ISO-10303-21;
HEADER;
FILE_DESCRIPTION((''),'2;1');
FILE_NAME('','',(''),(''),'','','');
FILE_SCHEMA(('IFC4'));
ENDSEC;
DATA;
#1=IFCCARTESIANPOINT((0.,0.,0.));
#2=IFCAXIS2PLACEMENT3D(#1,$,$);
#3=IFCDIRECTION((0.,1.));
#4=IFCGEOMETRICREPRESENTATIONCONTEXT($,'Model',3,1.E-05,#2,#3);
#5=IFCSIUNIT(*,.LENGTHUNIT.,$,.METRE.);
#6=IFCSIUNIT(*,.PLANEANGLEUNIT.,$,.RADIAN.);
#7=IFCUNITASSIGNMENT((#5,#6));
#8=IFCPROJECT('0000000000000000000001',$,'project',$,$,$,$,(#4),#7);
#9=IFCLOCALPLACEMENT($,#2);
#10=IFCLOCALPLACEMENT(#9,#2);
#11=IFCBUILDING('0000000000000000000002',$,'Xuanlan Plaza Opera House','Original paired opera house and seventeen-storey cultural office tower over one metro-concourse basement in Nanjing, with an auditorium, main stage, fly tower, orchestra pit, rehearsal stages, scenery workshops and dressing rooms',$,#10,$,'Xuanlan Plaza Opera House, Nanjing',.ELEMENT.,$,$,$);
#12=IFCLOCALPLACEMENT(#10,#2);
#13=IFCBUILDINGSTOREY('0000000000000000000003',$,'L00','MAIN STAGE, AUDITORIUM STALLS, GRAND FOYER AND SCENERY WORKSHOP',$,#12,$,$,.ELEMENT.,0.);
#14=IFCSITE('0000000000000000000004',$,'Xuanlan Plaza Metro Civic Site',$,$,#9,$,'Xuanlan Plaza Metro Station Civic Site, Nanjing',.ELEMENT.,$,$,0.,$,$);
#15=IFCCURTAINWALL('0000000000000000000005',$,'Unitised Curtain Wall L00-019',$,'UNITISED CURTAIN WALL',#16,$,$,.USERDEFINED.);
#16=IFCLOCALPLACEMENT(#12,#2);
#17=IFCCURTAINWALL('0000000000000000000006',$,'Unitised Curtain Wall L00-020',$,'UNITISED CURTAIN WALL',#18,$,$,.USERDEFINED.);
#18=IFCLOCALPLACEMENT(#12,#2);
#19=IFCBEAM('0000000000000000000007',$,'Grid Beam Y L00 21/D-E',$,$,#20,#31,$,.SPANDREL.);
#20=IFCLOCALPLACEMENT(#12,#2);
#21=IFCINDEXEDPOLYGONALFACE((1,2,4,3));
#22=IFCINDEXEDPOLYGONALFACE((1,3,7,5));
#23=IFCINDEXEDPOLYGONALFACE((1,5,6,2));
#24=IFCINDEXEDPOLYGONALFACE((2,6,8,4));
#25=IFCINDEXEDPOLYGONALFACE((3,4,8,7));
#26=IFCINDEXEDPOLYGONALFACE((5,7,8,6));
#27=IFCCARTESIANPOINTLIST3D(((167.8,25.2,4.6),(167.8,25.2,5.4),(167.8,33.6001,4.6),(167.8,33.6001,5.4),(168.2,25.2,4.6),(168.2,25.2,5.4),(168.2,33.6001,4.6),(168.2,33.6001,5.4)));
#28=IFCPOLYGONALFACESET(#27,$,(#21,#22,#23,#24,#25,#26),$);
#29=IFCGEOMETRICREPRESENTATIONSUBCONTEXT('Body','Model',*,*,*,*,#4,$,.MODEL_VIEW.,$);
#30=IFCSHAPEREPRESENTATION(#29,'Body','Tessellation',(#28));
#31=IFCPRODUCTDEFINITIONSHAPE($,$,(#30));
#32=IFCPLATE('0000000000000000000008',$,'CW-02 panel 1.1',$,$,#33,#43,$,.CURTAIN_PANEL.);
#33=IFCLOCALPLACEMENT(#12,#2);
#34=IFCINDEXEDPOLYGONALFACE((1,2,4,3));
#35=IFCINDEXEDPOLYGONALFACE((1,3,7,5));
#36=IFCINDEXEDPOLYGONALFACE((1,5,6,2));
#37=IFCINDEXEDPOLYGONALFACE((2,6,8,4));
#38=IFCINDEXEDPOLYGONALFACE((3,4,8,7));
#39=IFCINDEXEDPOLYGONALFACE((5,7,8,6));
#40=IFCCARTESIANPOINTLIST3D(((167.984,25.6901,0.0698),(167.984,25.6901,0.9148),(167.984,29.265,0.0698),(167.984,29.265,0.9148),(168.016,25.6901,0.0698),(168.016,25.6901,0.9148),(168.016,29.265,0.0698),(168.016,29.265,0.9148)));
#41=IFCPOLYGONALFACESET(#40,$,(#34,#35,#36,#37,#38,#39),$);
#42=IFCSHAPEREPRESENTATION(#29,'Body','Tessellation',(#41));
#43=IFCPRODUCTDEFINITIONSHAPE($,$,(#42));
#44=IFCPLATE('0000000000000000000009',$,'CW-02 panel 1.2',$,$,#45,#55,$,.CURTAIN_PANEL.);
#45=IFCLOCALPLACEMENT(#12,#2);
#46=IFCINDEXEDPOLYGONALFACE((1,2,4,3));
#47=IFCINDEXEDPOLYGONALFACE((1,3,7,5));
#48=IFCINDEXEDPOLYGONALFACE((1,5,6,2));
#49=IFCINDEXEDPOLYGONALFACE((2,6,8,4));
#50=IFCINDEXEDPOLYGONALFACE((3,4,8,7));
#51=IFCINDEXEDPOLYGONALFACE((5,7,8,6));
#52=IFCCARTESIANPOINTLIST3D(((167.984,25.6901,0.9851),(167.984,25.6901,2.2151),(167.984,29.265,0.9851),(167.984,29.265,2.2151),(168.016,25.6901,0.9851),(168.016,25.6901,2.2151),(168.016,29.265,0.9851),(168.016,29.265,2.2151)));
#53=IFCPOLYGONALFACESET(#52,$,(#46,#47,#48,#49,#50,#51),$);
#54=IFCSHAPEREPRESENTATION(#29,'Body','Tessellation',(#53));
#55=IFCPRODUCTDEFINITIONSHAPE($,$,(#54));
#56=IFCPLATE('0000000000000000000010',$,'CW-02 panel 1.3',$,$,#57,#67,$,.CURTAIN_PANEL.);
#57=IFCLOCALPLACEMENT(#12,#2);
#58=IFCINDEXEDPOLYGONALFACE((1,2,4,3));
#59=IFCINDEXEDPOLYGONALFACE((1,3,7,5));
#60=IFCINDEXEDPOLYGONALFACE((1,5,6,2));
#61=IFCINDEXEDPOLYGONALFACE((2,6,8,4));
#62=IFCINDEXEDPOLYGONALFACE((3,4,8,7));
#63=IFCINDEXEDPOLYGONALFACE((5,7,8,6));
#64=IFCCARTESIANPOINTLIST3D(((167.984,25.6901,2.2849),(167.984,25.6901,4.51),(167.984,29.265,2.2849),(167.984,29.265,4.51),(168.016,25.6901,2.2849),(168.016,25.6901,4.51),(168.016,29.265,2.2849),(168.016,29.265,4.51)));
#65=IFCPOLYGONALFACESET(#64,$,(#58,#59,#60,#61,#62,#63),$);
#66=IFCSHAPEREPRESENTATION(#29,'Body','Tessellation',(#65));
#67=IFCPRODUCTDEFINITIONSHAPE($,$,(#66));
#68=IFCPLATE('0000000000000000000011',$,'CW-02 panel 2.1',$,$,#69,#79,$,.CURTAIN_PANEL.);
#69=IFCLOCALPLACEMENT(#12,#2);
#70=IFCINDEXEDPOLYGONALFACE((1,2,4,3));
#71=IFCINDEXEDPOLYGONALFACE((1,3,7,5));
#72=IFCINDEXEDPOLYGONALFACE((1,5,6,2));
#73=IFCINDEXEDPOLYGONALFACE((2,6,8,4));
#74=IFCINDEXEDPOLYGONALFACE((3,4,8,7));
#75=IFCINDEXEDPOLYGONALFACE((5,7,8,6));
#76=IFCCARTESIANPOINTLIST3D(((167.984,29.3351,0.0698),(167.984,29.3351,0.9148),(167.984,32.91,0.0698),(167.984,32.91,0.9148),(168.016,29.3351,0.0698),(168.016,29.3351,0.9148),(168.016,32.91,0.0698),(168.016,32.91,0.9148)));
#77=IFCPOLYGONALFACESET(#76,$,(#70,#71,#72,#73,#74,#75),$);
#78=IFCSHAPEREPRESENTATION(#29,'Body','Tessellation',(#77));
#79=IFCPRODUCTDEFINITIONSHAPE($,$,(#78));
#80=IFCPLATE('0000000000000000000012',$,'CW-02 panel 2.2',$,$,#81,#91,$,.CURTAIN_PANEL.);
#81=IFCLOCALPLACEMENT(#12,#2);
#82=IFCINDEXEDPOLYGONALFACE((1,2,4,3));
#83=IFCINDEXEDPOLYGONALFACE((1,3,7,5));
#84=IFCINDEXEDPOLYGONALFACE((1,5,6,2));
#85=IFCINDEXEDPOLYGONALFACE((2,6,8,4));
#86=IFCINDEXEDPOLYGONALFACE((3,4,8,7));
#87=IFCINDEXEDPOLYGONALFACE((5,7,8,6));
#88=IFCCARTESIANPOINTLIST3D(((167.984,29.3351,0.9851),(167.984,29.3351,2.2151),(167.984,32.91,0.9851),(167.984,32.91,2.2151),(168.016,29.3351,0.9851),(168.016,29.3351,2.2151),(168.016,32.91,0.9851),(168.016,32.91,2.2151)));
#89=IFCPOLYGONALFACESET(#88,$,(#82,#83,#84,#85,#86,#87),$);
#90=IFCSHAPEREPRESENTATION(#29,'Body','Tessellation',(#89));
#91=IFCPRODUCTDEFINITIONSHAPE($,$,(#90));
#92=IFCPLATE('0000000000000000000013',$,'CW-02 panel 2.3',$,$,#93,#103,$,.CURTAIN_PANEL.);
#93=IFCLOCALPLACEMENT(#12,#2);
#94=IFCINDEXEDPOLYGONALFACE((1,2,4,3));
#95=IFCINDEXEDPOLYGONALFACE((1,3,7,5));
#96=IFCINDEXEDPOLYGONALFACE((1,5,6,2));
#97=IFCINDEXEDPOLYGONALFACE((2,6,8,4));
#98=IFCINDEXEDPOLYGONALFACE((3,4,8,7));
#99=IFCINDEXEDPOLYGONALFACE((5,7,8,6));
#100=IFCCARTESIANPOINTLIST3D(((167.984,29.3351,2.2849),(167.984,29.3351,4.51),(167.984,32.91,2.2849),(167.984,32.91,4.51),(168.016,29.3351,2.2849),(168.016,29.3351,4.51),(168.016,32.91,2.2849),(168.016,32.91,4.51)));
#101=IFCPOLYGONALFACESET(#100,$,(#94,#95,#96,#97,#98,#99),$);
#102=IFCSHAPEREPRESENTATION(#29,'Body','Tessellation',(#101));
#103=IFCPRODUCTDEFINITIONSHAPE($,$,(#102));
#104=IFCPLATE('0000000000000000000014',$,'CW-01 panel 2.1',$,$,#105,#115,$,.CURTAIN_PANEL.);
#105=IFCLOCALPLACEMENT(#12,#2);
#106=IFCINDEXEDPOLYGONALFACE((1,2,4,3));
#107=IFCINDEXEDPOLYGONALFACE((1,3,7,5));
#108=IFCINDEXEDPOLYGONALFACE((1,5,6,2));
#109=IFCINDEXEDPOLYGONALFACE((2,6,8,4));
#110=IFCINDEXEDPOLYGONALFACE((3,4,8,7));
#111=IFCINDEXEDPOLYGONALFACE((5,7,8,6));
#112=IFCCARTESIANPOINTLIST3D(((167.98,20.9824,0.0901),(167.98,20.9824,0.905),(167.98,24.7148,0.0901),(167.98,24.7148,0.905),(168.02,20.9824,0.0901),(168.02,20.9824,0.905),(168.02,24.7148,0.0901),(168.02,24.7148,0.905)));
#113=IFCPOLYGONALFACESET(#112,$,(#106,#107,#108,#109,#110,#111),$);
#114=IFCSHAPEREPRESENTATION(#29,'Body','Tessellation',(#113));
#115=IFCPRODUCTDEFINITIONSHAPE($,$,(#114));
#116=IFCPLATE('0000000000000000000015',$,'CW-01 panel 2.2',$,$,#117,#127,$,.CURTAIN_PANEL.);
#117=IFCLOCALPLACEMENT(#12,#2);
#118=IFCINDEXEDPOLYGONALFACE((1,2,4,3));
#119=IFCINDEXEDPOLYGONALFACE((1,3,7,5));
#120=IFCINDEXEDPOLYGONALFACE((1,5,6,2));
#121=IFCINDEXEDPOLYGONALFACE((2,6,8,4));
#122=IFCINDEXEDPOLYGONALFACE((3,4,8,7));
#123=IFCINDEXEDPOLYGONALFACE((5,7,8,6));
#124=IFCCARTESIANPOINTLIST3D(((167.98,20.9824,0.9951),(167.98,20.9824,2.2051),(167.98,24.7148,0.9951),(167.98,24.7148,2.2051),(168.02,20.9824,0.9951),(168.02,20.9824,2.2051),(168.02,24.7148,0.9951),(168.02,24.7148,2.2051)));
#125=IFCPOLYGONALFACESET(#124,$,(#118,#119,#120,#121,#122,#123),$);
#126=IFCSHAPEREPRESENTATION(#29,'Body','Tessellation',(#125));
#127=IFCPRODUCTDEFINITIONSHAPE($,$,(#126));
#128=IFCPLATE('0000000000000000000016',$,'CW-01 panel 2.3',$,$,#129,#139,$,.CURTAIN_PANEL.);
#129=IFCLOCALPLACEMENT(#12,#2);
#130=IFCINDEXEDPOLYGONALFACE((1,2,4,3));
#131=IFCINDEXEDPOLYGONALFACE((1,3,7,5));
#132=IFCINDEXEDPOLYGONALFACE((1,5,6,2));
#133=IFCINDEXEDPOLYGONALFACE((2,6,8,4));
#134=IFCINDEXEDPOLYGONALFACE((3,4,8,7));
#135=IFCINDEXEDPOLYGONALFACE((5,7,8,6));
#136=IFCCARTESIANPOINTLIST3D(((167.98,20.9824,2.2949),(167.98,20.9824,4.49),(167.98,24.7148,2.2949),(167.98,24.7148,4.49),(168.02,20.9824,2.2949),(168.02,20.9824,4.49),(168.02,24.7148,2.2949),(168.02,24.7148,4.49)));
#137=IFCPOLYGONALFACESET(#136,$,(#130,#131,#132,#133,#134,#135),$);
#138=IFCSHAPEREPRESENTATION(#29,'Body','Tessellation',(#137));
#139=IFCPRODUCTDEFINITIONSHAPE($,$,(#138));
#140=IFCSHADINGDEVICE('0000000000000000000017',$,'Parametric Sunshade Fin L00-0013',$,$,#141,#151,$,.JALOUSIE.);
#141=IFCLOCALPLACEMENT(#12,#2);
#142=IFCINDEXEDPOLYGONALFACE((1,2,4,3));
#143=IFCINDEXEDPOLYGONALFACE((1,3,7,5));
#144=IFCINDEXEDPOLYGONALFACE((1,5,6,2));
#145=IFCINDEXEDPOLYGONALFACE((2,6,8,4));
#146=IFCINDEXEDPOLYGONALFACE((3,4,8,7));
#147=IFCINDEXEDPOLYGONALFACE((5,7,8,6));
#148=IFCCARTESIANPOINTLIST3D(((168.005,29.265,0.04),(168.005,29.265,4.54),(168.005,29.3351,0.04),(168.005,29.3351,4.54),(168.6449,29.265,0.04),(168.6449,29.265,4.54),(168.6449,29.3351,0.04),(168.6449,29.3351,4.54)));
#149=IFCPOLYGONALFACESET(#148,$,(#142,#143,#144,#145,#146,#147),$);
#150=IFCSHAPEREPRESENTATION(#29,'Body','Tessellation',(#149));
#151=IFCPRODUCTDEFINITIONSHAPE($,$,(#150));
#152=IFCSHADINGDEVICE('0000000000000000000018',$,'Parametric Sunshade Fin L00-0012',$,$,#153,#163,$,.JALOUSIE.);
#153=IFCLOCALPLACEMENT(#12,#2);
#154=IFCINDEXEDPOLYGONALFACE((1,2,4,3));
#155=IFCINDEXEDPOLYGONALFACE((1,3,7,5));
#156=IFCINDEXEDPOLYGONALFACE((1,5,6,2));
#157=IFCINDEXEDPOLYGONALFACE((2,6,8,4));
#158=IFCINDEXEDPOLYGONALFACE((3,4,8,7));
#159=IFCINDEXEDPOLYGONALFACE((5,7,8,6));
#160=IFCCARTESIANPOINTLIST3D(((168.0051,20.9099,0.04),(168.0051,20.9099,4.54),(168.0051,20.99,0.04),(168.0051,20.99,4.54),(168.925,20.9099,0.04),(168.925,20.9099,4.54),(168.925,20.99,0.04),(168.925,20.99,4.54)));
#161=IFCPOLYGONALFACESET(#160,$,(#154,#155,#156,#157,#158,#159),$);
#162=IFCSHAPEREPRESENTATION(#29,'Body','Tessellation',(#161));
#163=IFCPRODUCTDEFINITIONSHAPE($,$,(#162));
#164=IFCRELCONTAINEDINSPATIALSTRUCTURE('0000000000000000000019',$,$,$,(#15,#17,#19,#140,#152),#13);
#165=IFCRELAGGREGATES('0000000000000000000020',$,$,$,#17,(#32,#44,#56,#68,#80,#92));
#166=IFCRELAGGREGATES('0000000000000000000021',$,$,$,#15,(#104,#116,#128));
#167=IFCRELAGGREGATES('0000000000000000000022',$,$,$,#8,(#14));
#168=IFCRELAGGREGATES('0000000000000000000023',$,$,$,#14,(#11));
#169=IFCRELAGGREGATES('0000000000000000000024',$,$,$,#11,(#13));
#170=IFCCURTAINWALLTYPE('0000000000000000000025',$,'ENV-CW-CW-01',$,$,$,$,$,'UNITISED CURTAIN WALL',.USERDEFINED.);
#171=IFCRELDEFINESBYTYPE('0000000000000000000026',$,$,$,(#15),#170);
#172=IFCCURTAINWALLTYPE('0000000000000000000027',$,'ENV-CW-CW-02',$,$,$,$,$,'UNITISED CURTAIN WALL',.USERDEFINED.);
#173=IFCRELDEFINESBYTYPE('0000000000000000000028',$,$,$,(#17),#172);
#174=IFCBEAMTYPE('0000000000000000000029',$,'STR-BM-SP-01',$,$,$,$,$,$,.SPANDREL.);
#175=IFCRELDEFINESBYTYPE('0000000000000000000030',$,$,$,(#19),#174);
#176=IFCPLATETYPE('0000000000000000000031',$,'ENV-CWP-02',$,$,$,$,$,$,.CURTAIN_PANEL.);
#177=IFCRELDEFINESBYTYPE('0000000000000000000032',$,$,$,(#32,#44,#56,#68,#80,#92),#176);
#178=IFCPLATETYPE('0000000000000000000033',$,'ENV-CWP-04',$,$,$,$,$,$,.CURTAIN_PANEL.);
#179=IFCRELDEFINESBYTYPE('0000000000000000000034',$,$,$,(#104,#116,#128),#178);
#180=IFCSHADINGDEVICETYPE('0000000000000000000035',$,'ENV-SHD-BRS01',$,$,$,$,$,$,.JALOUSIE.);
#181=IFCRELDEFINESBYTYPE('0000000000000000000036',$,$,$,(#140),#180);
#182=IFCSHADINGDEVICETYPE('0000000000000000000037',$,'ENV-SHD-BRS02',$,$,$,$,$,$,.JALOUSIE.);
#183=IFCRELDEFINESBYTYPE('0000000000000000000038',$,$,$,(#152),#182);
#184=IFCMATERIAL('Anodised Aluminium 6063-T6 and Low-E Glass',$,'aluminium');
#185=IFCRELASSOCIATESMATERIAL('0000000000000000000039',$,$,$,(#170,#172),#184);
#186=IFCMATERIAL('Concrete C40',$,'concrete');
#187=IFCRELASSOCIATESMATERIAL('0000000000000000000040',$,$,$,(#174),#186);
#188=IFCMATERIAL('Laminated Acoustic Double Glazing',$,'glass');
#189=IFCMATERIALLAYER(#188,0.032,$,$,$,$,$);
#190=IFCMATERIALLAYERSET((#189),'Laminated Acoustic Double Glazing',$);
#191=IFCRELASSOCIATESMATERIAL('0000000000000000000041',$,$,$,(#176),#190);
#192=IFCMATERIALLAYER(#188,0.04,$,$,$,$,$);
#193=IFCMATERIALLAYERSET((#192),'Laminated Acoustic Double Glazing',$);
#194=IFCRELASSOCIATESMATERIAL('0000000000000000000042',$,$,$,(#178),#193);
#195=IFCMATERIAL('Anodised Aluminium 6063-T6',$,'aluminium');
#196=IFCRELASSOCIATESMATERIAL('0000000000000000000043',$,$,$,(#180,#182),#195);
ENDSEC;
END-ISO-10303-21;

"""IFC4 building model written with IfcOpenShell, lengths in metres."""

from ifc_helpers import new_model, si_unit, direction, frame, origin, origin_2d, place, context, subcontext, project, spatial, rectangle, extrude, material, layer, layer_set, material_profile, profile_set, type_object, element, aggregate, save


model = new_model("IFC4")

# Units and contexts
model_context = context("Model", 3, precision=1e-05, world=origin(), true_north=direction((0.0, 1.0)))
body_context = subcontext(model_context, "Body", "Model", "MODEL_VIEW")
ifc_project = project(units=[si_unit("LENGTHUNIT", "METRE"), si_unit("PLANEANGLEUNIT", "RADIAN")], contexts=[model_context])

# Site, building, storey
site_placement = place(None, origin())
site = spatial("IfcSite", under=ifc_project, at=site_placement, Name="Xuanlan Plaza Metro Civic Site", LongName="Xuanlan Plaza Metro Station Civic Site, Nanjing", CompositionType="ELEMENT", RefElevation=0.0)
building_placement = place(site_placement, origin())
building = spatial("IfcBuilding", under=site, at=building_placement, Name="Xuanlan Plaza Opera House", Description="Original paired opera house and seventeen-storey cultural office tower over one metro-concourse basement in Nanjing, with an auditorium, main stage, fly tower, orchestra pit, rehearsal stages, scenery workshops and dressing rooms", LongName="Xuanlan Plaza Opera House, Nanjing", CompositionType="ELEMENT")
storey_placement = place(building_placement, origin())
storey = spatial("IfcBuildingStorey", under=building, at=storey_placement, Name="L00", Description="MAIN STAGE, AUDITORIUM STALLS, GRAND FOYER AND SCENERY WORKSHOP", CompositionType="ELEMENT", Elevation=0.0)

# Shared definitions
ifc_material_1 = material(Name="Concrete C40", Category="concrete")

# Curtain wall
ifc_material_2 = material(Name="Anodised Aluminium 6063-T6 and Low-E Glass", Category="aluminium")
curtain_wall_type_1 = type_object("IfcCurtainWallType", Name="ENV-CW-CW-01", ElementType="UNITISED CURTAIN WALL", PredefinedType="USERDEFINED", material=ifc_material_2)
curtain_wall_1_placement = place(storey_placement, origin())
curtain_wall_1 = element("IfcCurtainWall", 1, at=curtain_wall_1_placement, inside=storey, type_object=curtain_wall_type_1, Name="Unitised Curtain Wall L00-019", ObjectType="UNITISED CURTAIN WALL", PredefinedType="USERDEFINED")
ifc_material_3 = material(Name="Anodised Aluminium 6063-T6", Category="aluminium")

# Curtain wall
curtain_wall_type_2 = type_object("IfcCurtainWallType", Name="ENV-CW-CW-02", ElementType="UNITISED CURTAIN WALL", PredefinedType="USERDEFINED", material=ifc_material_2)
curtain_wall_2_placement = place(storey_placement, origin())
curtain_wall_2 = element("IfcCurtainWall", 2, at=curtain_wall_2_placement, inside=storey, type_object=curtain_wall_type_2, Name="Unitised Curtain Wall L00-020", ObjectType="UNITISED CURTAIN WALL", PredefinedType="USERDEFINED")

# Beam
ifc_material_profile_1 = material_profile(ifc_material_1, rectangle(XDim=0.3999, YDim=0.8, at=origin_2d()), Name="RC-SPD 400x800")
ifc_profile_set_1 = profile_set([ifc_material_profile_1], Name="Concrete C40")
beam_type = type_object("IfcBeamType", Name="STR-BM-SP-01", PredefinedType="SPANDREL", material=ifc_profile_set_1)
beam_placement = place(storey_placement, frame((168.0, 25.2, 5.0), z_axis=(0.0, 1.0, 0.0), x_axis=(-1.0, 0.0, 0.0)))
element("IfcBeam", 3, at=beam_placement, inside=storey, type_object=beam_type, Name="Grid Beam Y L00 21/D-E", PredefinedType="SPANDREL", context=body_context, shape_type="SweptSolid", body=[
    extrude(rectangle(XDim=0.3999, YDim=0.8, at=origin_2d()), origin(), (0.0, 0.0, 1.0), 8.4001),
])

# Plates
ifc_material_4 = material(Name="Laminated Acoustic Double Glazing", Category="glass")
ifc_layer_1 = layer(ifc_material_4, 0.032)
ifc_layer_set_1 = layer_set([ifc_layer_1], Name="Laminated Acoustic Double Glazing")
plate_type_1 = type_object("IfcPlateType", Name="ENV-CWP-02", PredefinedType="CURTAIN_PANEL", material=ifc_layer_set_1)
plate_1_placement = place(storey_placement, frame((168.0, 27.4775, 0.0698), z_axis=(0.0, 0.0, 1.0), x_axis=(0.0, 1.0, 0.0)))
plate_1 = element("IfcPlate", 4, at=plate_1_placement, type_object=plate_type_1, Name="CW-02 panel 1.1", PredefinedType="CURTAIN_PANEL", context=body_context, shape_type="SweptSolid", body=[
    extrude(rectangle(XDim=3.575, YDim=0.032, at=origin_2d()), origin(), (0.0, 0.0, 1.0), 0.845),
])
plate_2_placement = place(storey_placement, frame((168.0, 27.4775, 0.9851), z_axis=(0.0, 0.0, 1.0), x_axis=(0.0, 1.0, 0.0)))
plate_2 = element("IfcPlate", 5, at=plate_2_placement, type_object=plate_type_1, Name="CW-02 panel 1.2", PredefinedType="CURTAIN_PANEL", context=body_context, shape_type="SweptSolid", body=[
    extrude(rectangle(XDim=3.575, YDim=0.032, at=origin_2d()), origin(), (0.0, 0.0, 1.0), 1.23),
])
plate_3_placement = place(storey_placement, frame((168.0, 27.4775, 2.2849), z_axis=(0.0, 0.0, 1.0), x_axis=(0.0, 1.0, 0.0)))
plate_3 = element("IfcPlate", 6, at=plate_3_placement, type_object=plate_type_1, Name="CW-02 panel 1.3", PredefinedType="CURTAIN_PANEL", context=body_context, shape_type="SweptSolid", body=[
    extrude(rectangle(XDim=3.575, YDim=0.032, at=origin_2d()), origin(), (0.0, 0.0, 1.0), 2.2251),
])
plate_4_placement = place(storey_placement, frame((168.0, 31.1226, 0.0698), z_axis=(0.0, 0.0, 1.0), x_axis=(0.0, 1.0, 0.0)))
plate_4 = element("IfcPlate", 7, at=plate_4_placement, type_object=plate_type_1, Name="CW-02 panel 2.1", PredefinedType="CURTAIN_PANEL", context=body_context, shape_type="SweptSolid", body=[
    extrude(rectangle(XDim=3.575, YDim=0.032, at=origin_2d()), origin(), (0.0, 0.0, 1.0), 0.845),
])
plate_5_placement = place(storey_placement, frame((168.0, 31.1226, 0.9851), z_axis=(0.0, 0.0, 1.0), x_axis=(0.0, 1.0, 0.0)))
plate_5 = element("IfcPlate", 8, at=plate_5_placement, type_object=plate_type_1, Name="CW-02 panel 2.2", PredefinedType="CURTAIN_PANEL", context=body_context, shape_type="SweptSolid", body=[
    extrude(rectangle(XDim=3.575, YDim=0.032, at=origin_2d()), origin(), (0.0, 0.0, 1.0), 1.23),
])
plate_6_placement = place(storey_placement, frame((168.0, 31.1226, 2.2849), z_axis=(0.0, 0.0, 1.0), x_axis=(0.0, 1.0, 0.0)))
plate_6 = element("IfcPlate", 9, at=plate_6_placement, type_object=plate_type_1, Name="CW-02 panel 2.3", PredefinedType="CURTAIN_PANEL", context=body_context, shape_type="SweptSolid", body=[
    extrude(rectangle(XDim=3.575, YDim=0.032, at=origin_2d()), origin(), (0.0, 0.0, 1.0), 2.2251),
])
aggregate(curtain_wall_2, [plate_1, plate_2, plate_3, plate_4, plate_5, plate_6])
ifc_layer_2 = layer(ifc_material_4, 0.04)
ifc_layer_set_2 = layer_set([ifc_layer_2], Name="Laminated Acoustic Double Glazing")
plate_type_2 = type_object("IfcPlateType", Name="ENV-CWP-04", PredefinedType="CURTAIN_PANEL", material=ifc_layer_set_2)
plate_7_placement = place(storey_placement, frame((168.0, 22.8486, 0.0901), z_axis=(0.0, 0.0, 1.0), x_axis=(0.0, 1.0, 0.0)))
plate_7 = element("IfcPlate", 10, at=plate_7_placement, type_object=plate_type_2, Name="CW-01 panel 2.1", PredefinedType="CURTAIN_PANEL", context=body_context, shape_type="SweptSolid", body=[
    extrude(rectangle(XDim=3.7324, YDim=0.04, at=origin_2d()), origin(), (0.0, 0.0, 1.0), 0.8149),
])
plate_8_placement = place(storey_placement, frame((168.0, 22.8486, 0.9951), z_axis=(0.0, 0.0, 1.0), x_axis=(0.0, 1.0, 0.0)))
plate_8 = element("IfcPlate", 11, at=plate_8_placement, type_object=plate_type_2, Name="CW-01 panel 2.2", PredefinedType="CURTAIN_PANEL", context=body_context, shape_type="SweptSolid", body=[
    extrude(rectangle(XDim=3.7324, YDim=0.04, at=origin_2d()), origin(), (0.0, 0.0, 1.0), 1.21),
])
plate_9_placement = place(storey_placement, frame((168.0, 22.8486, 2.2949), z_axis=(0.0, 0.0, 1.0), x_axis=(0.0, 1.0, 0.0)))
plate_9 = element("IfcPlate", 12, at=plate_9_placement, type_object=plate_type_2, Name="CW-01 panel 2.3", PredefinedType="CURTAIN_PANEL", context=body_context, shape_type="SweptSolid", body=[
    extrude(rectangle(XDim=3.7324, YDim=0.04, at=origin_2d()), origin(), (0.0, 0.0, 1.0), 2.1951),
])
aggregate(curtain_wall_1, [plate_7, plate_8, plate_9])

# Shading devices
shading_device_type_1 = type_object("IfcShadingDeviceType", Name="ENV-SHD-BRS01", PredefinedType="JALOUSIE", material=ifc_material_3)
shading_device_1_placement = place(storey_placement, frame((168.325, 29.3, 0.04), z_axis=(0.0, 0.0, 1.0), x_axis=(1.0, 0.0, 0.0)))
element("IfcShadingDevice", 13, at=shading_device_1_placement, inside=storey, type_object=shading_device_type_1, Name="Parametric Sunshade Fin L00-0013", PredefinedType="JALOUSIE", context=body_context, shape_type="SweptSolid", body=[
    extrude(rectangle(XDim=0.6399, YDim=0.0701, at=origin_2d()), origin(), (0.0, 0.0, 1.0), 4.5),
])
shading_device_type_2 = type_object("IfcShadingDeviceType", Name="ENV-SHD-BRS02", PredefinedType="JALOUSIE", material=ifc_material_3)
shading_device_2_placement = place(storey_placement, frame((168.4651, 20.95, 0.04), z_axis=(0.0, 0.0, 1.0), x_axis=(1.0, 0.0, 0.0)))
element("IfcShadingDevice", 14, at=shading_device_2_placement, inside=storey, type_object=shading_device_type_2, Name="Parametric Sunshade Fin L00-0012", PredefinedType="JALOUSIE", context=body_context, shape_type="SweptSolid", body=[
    extrude(rectangle(XDim=0.9199, YDim=0.0801, at=origin_2d()), origin(), (0.0, 0.0, 1.0), 4.5),
])

save(model, "model.ifc")
